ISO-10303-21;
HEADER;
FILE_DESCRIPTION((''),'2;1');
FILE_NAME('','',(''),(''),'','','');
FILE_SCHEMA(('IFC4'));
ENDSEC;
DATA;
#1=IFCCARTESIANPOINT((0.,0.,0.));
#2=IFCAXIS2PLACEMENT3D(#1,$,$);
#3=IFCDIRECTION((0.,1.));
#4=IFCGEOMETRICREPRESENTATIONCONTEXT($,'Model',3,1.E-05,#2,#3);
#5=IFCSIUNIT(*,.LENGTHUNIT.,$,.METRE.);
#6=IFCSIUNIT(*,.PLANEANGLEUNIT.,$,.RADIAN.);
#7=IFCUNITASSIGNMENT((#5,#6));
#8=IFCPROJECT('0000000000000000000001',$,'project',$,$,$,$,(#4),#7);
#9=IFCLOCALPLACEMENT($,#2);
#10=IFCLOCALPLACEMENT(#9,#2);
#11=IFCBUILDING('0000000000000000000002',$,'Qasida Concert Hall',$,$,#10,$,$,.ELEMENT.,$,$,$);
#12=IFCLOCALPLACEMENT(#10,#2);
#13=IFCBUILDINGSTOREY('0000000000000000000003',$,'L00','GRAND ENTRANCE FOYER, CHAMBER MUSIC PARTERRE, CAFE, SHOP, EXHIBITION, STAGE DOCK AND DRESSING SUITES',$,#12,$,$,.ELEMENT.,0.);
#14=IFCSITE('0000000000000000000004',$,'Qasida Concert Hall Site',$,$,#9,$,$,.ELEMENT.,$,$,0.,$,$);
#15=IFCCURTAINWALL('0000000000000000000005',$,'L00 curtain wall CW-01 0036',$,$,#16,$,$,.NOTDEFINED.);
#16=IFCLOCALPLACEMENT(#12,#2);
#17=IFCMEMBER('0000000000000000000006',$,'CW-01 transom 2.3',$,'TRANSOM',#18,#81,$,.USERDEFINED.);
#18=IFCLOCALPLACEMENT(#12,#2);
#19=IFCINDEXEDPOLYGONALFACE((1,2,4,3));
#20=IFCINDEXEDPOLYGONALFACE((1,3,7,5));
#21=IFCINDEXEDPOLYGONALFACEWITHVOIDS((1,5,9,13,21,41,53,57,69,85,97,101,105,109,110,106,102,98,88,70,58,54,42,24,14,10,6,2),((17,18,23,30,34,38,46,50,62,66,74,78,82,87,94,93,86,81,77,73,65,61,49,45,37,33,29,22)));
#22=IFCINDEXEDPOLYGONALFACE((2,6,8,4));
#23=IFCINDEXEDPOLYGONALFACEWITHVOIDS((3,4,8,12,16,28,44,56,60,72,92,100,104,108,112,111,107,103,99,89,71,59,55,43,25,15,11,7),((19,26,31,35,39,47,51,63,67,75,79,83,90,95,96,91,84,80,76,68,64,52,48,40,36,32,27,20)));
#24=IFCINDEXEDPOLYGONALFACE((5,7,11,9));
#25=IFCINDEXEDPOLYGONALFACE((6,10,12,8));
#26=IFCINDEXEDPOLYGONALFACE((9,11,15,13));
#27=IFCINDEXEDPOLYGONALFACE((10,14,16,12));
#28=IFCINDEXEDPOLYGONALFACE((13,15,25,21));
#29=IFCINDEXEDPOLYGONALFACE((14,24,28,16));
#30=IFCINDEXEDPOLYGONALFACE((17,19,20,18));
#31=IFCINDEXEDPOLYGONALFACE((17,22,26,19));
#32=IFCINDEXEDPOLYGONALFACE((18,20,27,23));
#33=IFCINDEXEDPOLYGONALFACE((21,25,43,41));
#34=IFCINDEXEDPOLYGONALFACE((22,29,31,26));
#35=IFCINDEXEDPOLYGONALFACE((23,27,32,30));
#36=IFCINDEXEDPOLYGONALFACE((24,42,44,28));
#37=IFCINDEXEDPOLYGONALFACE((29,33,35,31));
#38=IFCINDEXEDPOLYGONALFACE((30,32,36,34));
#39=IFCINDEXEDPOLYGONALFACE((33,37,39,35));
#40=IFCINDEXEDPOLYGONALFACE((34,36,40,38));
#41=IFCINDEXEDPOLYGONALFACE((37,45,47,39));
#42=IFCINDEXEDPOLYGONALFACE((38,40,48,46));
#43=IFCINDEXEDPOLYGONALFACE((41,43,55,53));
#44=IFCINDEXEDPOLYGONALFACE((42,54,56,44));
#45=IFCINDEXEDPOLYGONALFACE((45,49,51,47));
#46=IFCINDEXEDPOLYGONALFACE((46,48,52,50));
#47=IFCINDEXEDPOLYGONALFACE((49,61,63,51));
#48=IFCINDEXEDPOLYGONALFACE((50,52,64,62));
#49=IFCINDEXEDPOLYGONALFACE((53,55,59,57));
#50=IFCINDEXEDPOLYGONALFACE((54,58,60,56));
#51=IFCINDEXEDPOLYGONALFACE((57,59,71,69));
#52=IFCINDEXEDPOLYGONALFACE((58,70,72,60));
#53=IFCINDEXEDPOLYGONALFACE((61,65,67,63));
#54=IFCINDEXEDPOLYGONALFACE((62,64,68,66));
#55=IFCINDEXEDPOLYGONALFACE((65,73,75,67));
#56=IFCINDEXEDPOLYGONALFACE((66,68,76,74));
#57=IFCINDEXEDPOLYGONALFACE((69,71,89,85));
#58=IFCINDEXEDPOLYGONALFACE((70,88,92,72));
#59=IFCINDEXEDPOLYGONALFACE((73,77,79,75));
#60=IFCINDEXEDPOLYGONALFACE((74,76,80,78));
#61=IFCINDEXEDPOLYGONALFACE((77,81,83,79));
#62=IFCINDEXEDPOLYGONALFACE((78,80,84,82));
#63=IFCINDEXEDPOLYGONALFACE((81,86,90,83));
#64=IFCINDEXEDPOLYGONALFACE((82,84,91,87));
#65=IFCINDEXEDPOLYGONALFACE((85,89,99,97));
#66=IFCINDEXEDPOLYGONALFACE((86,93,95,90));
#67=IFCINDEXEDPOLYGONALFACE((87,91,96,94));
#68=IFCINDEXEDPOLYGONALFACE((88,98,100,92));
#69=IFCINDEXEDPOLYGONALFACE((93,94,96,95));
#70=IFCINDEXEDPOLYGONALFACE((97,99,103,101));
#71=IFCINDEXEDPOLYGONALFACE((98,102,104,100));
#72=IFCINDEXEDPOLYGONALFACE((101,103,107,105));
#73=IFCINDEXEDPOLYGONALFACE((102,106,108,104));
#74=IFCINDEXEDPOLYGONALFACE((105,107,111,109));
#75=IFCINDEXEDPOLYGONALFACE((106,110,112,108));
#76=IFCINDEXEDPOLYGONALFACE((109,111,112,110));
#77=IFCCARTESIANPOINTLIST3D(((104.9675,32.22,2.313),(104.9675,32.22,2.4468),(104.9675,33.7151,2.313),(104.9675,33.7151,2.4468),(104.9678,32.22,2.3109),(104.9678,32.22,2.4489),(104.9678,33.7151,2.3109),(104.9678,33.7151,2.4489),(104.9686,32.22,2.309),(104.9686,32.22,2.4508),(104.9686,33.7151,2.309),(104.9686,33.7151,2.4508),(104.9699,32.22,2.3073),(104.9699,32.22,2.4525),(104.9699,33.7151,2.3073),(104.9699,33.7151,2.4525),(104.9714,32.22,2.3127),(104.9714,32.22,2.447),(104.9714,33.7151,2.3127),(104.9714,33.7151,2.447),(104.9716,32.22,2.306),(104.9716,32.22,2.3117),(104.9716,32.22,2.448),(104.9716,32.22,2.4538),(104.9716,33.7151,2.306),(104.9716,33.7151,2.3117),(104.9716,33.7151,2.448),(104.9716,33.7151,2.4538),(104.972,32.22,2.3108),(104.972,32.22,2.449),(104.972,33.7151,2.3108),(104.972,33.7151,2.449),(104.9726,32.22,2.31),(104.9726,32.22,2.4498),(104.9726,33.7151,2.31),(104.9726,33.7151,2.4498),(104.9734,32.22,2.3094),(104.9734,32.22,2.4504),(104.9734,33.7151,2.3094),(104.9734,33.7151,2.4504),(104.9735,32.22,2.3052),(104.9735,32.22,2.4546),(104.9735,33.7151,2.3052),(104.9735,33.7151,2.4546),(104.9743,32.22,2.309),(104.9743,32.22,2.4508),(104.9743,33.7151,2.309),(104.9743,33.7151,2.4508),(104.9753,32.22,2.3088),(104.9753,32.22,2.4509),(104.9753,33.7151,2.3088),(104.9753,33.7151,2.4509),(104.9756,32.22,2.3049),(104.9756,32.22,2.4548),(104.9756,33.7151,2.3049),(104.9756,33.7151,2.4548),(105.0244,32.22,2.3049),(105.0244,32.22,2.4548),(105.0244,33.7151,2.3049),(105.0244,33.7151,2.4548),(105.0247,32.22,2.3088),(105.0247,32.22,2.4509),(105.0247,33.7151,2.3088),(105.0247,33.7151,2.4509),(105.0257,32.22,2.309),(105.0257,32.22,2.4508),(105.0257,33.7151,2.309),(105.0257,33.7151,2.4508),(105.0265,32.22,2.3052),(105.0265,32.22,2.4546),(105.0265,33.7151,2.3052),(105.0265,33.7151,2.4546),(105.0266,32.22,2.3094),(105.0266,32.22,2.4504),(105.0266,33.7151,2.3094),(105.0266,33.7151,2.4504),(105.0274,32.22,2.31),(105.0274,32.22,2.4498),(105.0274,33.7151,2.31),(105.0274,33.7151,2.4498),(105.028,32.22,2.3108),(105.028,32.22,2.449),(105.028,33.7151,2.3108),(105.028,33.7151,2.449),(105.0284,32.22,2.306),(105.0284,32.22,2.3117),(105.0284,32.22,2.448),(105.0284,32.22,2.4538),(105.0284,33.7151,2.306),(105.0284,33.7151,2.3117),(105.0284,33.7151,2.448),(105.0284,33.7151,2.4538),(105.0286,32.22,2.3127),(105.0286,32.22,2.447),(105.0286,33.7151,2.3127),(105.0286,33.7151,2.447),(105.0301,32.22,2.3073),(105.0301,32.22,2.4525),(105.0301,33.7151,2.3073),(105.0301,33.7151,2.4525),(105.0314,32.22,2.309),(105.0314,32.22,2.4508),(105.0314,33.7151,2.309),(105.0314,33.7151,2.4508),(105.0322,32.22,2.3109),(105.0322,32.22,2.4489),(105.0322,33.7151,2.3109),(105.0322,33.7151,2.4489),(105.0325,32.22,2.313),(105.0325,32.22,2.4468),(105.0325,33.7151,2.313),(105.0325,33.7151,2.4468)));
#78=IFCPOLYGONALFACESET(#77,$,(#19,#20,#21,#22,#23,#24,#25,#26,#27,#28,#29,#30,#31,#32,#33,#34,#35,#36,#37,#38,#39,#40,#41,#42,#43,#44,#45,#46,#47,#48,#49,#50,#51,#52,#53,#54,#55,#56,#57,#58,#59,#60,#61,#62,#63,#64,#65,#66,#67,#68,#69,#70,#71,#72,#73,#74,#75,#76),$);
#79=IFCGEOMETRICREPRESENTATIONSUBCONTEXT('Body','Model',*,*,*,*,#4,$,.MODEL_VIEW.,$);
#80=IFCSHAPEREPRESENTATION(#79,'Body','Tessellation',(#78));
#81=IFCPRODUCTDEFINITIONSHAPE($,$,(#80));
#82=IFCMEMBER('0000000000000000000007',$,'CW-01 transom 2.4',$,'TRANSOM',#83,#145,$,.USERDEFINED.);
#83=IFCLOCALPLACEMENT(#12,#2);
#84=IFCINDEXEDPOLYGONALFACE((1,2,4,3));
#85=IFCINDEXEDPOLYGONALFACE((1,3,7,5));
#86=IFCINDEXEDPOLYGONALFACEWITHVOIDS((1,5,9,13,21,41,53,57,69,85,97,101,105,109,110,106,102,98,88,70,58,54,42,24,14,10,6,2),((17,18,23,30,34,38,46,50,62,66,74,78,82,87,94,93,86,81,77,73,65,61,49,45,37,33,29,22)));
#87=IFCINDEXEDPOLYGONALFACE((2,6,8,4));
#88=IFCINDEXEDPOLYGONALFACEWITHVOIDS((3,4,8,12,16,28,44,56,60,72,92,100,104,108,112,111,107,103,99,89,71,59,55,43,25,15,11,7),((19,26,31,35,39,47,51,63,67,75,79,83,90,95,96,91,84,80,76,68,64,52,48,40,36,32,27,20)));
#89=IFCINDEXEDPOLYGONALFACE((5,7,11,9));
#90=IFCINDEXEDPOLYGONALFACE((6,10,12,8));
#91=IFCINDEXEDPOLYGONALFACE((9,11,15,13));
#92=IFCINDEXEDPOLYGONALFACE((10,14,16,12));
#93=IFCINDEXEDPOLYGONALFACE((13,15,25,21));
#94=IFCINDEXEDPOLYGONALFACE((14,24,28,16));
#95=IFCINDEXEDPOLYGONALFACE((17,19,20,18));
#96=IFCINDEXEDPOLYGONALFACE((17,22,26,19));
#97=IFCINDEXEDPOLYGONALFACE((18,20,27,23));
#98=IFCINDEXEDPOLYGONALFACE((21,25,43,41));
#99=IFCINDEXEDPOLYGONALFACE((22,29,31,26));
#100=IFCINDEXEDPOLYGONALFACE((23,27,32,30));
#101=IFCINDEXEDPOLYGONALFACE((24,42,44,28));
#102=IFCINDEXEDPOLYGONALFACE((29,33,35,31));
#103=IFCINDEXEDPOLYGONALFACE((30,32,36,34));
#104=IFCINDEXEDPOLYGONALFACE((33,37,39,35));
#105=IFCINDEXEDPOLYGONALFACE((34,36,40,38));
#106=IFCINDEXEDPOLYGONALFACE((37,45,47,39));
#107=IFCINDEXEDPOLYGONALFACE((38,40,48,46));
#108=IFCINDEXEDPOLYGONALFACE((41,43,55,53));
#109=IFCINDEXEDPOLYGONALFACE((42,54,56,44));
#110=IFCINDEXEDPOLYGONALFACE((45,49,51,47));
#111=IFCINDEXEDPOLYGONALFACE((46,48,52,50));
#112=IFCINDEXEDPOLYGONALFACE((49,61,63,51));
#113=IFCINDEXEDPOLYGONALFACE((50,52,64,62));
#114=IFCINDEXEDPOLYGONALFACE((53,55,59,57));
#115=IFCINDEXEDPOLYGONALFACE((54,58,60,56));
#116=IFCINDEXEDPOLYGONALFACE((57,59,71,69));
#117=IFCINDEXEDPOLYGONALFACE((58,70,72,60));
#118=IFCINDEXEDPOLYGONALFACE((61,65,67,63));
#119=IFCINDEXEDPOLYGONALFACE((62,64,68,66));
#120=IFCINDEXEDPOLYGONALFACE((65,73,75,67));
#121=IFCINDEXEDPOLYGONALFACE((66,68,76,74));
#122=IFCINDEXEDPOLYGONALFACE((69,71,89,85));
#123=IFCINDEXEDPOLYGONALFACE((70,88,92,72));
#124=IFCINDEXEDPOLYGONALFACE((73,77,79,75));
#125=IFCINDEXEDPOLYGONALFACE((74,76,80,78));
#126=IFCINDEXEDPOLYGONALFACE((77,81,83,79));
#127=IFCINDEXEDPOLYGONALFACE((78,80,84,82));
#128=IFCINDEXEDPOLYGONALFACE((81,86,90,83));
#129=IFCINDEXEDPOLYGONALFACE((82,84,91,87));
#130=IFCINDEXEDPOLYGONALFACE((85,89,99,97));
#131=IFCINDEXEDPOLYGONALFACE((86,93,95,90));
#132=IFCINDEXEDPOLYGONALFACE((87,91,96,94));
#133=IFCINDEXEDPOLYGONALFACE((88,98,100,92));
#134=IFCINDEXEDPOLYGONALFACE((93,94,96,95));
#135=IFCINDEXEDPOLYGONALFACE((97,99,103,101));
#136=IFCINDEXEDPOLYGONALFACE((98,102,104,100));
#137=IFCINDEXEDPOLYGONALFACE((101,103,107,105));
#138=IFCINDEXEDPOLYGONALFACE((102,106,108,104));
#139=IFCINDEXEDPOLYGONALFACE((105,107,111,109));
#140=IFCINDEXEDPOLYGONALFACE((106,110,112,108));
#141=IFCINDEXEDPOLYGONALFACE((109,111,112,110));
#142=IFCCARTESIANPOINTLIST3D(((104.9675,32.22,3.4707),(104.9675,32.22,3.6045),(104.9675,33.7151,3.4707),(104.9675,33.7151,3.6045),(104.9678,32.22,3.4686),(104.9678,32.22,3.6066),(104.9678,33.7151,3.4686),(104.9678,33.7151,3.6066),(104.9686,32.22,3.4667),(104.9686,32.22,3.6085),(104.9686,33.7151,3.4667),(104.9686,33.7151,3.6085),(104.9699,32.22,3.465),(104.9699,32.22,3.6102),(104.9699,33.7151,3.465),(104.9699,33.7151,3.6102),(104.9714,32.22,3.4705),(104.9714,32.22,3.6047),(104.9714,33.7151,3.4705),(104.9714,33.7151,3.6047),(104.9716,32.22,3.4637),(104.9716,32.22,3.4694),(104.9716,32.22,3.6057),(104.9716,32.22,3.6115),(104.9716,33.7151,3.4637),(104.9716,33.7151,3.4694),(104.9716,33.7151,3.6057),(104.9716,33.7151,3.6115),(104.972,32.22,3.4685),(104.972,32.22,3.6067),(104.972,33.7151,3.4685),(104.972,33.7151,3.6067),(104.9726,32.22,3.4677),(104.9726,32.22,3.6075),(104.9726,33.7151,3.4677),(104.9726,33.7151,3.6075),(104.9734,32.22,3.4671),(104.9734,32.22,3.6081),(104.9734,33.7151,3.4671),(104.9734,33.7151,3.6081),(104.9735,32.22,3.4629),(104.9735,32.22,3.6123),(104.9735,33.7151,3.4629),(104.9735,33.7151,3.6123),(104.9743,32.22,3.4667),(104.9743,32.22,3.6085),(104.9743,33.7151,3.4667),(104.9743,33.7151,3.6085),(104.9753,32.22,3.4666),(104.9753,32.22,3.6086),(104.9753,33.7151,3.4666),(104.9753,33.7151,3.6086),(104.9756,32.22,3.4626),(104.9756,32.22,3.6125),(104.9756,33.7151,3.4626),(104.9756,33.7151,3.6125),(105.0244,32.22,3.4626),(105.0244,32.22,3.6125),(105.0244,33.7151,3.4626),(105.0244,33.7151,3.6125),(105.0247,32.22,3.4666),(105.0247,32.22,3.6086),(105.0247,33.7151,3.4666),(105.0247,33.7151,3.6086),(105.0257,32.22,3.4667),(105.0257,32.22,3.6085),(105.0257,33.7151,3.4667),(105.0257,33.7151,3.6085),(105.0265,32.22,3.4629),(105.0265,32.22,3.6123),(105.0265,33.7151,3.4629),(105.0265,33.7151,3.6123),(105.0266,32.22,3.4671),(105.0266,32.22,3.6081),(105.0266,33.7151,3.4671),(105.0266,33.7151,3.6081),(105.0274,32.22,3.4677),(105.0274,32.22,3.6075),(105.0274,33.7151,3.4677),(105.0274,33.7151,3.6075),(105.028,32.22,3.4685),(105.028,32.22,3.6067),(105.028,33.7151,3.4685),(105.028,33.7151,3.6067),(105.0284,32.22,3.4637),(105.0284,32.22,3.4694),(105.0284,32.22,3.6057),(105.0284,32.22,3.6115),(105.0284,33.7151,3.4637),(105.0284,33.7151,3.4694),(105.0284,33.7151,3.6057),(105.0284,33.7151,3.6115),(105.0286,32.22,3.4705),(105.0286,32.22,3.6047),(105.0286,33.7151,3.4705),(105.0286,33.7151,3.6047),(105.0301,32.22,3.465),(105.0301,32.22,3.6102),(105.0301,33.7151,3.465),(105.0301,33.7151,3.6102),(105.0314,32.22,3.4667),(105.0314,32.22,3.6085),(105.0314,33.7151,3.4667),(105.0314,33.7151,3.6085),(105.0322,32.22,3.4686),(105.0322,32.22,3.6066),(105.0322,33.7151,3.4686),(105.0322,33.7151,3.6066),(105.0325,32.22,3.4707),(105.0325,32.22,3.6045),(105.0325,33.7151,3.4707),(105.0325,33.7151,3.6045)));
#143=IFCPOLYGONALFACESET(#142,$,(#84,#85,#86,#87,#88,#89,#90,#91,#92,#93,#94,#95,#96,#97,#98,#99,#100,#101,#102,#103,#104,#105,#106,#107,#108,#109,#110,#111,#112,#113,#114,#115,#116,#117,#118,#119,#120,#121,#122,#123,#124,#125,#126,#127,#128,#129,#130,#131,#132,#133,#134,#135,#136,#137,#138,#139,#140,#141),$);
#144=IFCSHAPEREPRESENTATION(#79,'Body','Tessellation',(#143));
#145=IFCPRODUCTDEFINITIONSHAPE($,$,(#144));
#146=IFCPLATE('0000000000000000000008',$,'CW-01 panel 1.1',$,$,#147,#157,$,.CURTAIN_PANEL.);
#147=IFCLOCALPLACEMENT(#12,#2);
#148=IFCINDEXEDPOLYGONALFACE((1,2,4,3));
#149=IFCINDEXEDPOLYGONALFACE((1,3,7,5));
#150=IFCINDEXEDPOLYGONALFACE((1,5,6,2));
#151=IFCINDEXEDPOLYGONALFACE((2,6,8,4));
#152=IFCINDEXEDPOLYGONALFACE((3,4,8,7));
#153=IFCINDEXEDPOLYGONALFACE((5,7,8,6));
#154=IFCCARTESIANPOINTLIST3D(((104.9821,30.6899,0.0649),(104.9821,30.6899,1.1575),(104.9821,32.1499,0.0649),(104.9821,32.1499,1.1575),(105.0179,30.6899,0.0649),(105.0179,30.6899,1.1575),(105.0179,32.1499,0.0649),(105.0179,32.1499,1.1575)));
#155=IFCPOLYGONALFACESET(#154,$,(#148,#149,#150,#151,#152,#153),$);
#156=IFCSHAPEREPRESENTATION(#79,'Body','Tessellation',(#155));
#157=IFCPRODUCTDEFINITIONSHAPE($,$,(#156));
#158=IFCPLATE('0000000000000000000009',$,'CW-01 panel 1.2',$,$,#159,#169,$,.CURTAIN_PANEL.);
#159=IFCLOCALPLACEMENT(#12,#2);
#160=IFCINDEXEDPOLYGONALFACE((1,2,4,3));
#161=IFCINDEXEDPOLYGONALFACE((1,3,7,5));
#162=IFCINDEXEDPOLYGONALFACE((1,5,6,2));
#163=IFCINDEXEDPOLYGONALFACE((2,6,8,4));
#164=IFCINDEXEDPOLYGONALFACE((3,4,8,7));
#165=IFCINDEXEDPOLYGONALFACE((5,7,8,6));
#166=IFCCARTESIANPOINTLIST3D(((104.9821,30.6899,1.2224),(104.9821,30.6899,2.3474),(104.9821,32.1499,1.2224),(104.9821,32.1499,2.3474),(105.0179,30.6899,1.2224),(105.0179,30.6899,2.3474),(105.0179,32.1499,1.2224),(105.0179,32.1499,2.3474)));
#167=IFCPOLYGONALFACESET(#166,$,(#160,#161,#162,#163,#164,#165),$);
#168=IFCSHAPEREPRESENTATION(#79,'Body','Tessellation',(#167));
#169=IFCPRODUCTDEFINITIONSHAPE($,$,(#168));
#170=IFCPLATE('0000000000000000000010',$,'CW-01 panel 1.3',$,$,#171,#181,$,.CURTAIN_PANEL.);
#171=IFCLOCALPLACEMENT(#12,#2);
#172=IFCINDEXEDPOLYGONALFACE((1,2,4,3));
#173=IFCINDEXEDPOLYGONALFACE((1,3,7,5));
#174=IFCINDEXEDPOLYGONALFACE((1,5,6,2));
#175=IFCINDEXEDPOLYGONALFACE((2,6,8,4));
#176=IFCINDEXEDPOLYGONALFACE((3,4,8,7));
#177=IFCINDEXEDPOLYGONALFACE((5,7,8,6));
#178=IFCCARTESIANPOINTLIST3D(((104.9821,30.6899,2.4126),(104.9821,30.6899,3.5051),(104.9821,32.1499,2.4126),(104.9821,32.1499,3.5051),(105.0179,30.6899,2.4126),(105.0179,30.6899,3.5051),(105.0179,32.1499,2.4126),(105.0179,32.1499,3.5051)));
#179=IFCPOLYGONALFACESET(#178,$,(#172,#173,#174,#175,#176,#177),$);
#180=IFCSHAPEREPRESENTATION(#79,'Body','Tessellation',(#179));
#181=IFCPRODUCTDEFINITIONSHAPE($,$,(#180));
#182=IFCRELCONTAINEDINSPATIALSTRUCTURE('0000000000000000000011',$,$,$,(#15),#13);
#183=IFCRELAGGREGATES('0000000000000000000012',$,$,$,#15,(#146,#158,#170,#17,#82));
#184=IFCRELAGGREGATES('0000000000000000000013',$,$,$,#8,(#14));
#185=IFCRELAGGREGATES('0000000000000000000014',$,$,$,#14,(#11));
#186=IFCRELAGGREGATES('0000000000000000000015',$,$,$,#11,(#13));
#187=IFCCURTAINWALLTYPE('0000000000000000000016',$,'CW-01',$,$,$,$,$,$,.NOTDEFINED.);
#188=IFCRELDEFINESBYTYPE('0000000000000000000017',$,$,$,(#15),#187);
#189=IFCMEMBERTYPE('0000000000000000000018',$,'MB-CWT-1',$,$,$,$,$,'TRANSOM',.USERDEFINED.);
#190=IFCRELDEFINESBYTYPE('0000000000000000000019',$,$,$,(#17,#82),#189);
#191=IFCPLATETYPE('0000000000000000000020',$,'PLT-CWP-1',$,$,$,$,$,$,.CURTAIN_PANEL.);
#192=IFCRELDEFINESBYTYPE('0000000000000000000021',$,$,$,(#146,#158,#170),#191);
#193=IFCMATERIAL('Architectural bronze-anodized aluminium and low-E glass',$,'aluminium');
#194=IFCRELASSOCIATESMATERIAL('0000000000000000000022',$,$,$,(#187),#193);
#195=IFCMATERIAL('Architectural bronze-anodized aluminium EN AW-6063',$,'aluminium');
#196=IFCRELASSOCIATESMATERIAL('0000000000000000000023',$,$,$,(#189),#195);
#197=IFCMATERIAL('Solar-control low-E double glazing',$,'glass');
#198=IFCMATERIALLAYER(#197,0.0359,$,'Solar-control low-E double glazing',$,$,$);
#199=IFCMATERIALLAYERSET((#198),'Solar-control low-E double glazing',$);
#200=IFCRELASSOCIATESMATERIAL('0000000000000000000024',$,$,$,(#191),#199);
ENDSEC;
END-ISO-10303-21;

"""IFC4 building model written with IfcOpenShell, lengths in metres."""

from ifc_helpers import new_model, si_unit, direction, frame, origin, origin_2d, place, context, subcontext, project, spatial, rectangle, hollow_rectangle, extrude, material, layer, layer_set, material_profile, profile_set, type_object, element, aggregate, save


model = new_model("IFC4")

# Units and contexts
model_context = context("Model", 3, precision=1e-05, world=origin(), true_north=direction((0.0, 1.0)))
body_context = subcontext(model_context, "Body", "Model", "MODEL_VIEW")
ifc_project = project(units=[si_unit("LENGTHUNIT", "METRE"), si_unit("PLANEANGLEUNIT", "RADIAN")], contexts=[model_context])

# Site, building, storey
site_placement = place(None, origin())
site = spatial("IfcSite", under=ifc_project, at=site_placement, Name="Qasida Concert Hall Site", CompositionType="ELEMENT", RefElevation=0.0)
building_placement = place(site_placement, origin())
building = spatial("IfcBuilding", under=site, at=building_placement, Name="Qasida Concert Hall", CompositionType="ELEMENT")
storey_placement = place(building_placement, origin())
storey = spatial("IfcBuildingStorey", under=building, at=storey_placement, Name="L00", Description="GRAND ENTRANCE FOYER, CHAMBER MUSIC PARTERRE, CAFE, SHOP, EXHIBITION, STAGE DOCK AND DRESSING SUITES", CompositionType="ELEMENT", Elevation=0.0)

# Curtain wall, members, plates
ifc_material_1 = material(Name="Architectural bronze-anodized aluminium and low-E glass", Category="aluminium")
curtain_wall_type = type_object("IfcCurtainWallType", Name="CW-01", PredefinedType="NOTDEFINED", material=ifc_material_1)
curtain_wall_placement = place(storey_placement, origin())
curtain_wall = element("IfcCurtainWall", 1, at=curtain_wall_placement, inside=storey, type_object=curtain_wall_type, Name="L00 curtain wall CW-01 0036", PredefinedType="NOTDEFINED")
ifc_material_2 = material(Name="Architectural bronze-anodized aluminium EN AW-6063", Category="aluminium")
ifc_material_profile_1 = material_profile(ifc_material_2, hollow_rectangle(XDim=0.0649, YDim=0.1499, WallThickness=0.0039, InnerFilletRadius=0.0039, OuterFilletRadius=0.0081, at=origin_2d()), Name="CWT 150x65x4")
ifc_profile_set_1 = profile_set([ifc_material_profile_1], Name="Architectural bronze-anodized aluminium EN AW-6063")
member_type_1 = type_object("IfcMemberType", Name="MB-CWT-1", ElementType="TRANSOM", PredefinedType="USERDEFINED", material=ifc_profile_set_1)
member_1_placement = place(storey_placement, frame((105.0, 32.22, 2.3799), z_axis=(0.0, 1.0, 0.0), x_axis=(-1.0, 0.0, 0.0)))
member_1 = element("IfcMember", 2, at=member_1_placement, type_object=member_type_1, Name="CW-01 transom 2.3", ObjectType="TRANSOM", PredefinedType="USERDEFINED", context=body_context, shape_type="SweptSolid", body=[
    extrude(hollow_rectangle(XDim=0.0649, YDim=0.1499, WallThickness=0.0039, InnerFilletRadius=0.0039, OuterFilletRadius=0.0081, at=origin_2d()), origin(), (0.0, 0.0, 1.0), 1.4951),
])
member_2_placement = place(storey_placement, frame((105.0, 32.22, 3.5376), z_axis=(0.0, 1.0, 0.0), x_axis=(-1.0, 0.0, 0.0)))
member_2 = element("IfcMember", 3, at=member_2_placement, type_object=member_type_1, Name="CW-01 transom 2.4", ObjectType="TRANSOM", PredefinedType="USERDEFINED", context=body_context, shape_type="SweptSolid", body=[
    extrude(hollow_rectangle(XDim=0.0649, YDim=0.1499, WallThickness=0.0039, InnerFilletRadius=0.0039, OuterFilletRadius=0.0081, at=origin_2d()), origin(), (0.0, 0.0, 1.0), 1.4951),
])
ifc_material_3 = material(Name="Solar-control low-E double glazing", Category="glass")
ifc_layer_1 = layer(ifc_material_3, 0.0359, Name="Solar-control low-E double glazing")
ifc_layer_set_1 = layer_set([ifc_layer_1], Name="Solar-control low-E double glazing")
plate_type = type_object("IfcPlateType", Name="PLT-CWP-1", PredefinedType="CURTAIN_PANEL", material=ifc_layer_set_1)
plate_1_placement = place(storey_placement, frame((105.0, 31.4199, 0.0649), z_axis=(0.0, 0.0, 1.0), x_axis=(0.0, 1.0, 0.0)))
plate_1 = element("IfcPlate", 4, at=plate_1_placement, type_object=plate_type, Name="CW-01 panel 1.1", PredefinedType="CURTAIN_PANEL", context=body_context, shape_type="SweptSolid", body=[
    extrude(rectangle(XDim=1.46, YDim=0.0359, at=origin_2d()), origin(), (0.0, 0.0, 1.0), 1.0925),
])
plate_2_placement = place(storey_placement, frame((105.0, 31.4199, 1.2224), z_axis=(0.0, 0.0, 1.0), x_axis=(0.0, 1.0, 0.0)))
plate_2 = element("IfcPlate", 5, at=plate_2_placement, type_object=plate_type, Name="CW-01 panel 1.2", PredefinedType="CURTAIN_PANEL", context=body_context, shape_type="SweptSolid", body=[
    extrude(rectangle(XDim=1.46, YDim=0.0359, at=origin_2d()), origin(), (0.0, 0.0, 1.0), 1.125),
])
plate_3_placement = place(storey_placement, frame((105.0, 31.4199, 2.4126), z_axis=(0.0, 0.0, 1.0), x_axis=(0.0, 1.0, 0.0)))
plate_3 = element("IfcPlate", 6, at=plate_3_placement, type_object=plate_type, Name="CW-01 panel 1.3", PredefinedType="CURTAIN_PANEL", context=body_context, shape_type="SweptSolid", body=[
    extrude(rectangle(XDim=1.46, YDim=0.0359, at=origin_2d()), origin(), (0.0, 0.0, 1.0), 1.0925),
])
aggregate(curtain_wall, [plate_1, plate_2, plate_3, member_1, member_2])

save(model, "model.ifc")
